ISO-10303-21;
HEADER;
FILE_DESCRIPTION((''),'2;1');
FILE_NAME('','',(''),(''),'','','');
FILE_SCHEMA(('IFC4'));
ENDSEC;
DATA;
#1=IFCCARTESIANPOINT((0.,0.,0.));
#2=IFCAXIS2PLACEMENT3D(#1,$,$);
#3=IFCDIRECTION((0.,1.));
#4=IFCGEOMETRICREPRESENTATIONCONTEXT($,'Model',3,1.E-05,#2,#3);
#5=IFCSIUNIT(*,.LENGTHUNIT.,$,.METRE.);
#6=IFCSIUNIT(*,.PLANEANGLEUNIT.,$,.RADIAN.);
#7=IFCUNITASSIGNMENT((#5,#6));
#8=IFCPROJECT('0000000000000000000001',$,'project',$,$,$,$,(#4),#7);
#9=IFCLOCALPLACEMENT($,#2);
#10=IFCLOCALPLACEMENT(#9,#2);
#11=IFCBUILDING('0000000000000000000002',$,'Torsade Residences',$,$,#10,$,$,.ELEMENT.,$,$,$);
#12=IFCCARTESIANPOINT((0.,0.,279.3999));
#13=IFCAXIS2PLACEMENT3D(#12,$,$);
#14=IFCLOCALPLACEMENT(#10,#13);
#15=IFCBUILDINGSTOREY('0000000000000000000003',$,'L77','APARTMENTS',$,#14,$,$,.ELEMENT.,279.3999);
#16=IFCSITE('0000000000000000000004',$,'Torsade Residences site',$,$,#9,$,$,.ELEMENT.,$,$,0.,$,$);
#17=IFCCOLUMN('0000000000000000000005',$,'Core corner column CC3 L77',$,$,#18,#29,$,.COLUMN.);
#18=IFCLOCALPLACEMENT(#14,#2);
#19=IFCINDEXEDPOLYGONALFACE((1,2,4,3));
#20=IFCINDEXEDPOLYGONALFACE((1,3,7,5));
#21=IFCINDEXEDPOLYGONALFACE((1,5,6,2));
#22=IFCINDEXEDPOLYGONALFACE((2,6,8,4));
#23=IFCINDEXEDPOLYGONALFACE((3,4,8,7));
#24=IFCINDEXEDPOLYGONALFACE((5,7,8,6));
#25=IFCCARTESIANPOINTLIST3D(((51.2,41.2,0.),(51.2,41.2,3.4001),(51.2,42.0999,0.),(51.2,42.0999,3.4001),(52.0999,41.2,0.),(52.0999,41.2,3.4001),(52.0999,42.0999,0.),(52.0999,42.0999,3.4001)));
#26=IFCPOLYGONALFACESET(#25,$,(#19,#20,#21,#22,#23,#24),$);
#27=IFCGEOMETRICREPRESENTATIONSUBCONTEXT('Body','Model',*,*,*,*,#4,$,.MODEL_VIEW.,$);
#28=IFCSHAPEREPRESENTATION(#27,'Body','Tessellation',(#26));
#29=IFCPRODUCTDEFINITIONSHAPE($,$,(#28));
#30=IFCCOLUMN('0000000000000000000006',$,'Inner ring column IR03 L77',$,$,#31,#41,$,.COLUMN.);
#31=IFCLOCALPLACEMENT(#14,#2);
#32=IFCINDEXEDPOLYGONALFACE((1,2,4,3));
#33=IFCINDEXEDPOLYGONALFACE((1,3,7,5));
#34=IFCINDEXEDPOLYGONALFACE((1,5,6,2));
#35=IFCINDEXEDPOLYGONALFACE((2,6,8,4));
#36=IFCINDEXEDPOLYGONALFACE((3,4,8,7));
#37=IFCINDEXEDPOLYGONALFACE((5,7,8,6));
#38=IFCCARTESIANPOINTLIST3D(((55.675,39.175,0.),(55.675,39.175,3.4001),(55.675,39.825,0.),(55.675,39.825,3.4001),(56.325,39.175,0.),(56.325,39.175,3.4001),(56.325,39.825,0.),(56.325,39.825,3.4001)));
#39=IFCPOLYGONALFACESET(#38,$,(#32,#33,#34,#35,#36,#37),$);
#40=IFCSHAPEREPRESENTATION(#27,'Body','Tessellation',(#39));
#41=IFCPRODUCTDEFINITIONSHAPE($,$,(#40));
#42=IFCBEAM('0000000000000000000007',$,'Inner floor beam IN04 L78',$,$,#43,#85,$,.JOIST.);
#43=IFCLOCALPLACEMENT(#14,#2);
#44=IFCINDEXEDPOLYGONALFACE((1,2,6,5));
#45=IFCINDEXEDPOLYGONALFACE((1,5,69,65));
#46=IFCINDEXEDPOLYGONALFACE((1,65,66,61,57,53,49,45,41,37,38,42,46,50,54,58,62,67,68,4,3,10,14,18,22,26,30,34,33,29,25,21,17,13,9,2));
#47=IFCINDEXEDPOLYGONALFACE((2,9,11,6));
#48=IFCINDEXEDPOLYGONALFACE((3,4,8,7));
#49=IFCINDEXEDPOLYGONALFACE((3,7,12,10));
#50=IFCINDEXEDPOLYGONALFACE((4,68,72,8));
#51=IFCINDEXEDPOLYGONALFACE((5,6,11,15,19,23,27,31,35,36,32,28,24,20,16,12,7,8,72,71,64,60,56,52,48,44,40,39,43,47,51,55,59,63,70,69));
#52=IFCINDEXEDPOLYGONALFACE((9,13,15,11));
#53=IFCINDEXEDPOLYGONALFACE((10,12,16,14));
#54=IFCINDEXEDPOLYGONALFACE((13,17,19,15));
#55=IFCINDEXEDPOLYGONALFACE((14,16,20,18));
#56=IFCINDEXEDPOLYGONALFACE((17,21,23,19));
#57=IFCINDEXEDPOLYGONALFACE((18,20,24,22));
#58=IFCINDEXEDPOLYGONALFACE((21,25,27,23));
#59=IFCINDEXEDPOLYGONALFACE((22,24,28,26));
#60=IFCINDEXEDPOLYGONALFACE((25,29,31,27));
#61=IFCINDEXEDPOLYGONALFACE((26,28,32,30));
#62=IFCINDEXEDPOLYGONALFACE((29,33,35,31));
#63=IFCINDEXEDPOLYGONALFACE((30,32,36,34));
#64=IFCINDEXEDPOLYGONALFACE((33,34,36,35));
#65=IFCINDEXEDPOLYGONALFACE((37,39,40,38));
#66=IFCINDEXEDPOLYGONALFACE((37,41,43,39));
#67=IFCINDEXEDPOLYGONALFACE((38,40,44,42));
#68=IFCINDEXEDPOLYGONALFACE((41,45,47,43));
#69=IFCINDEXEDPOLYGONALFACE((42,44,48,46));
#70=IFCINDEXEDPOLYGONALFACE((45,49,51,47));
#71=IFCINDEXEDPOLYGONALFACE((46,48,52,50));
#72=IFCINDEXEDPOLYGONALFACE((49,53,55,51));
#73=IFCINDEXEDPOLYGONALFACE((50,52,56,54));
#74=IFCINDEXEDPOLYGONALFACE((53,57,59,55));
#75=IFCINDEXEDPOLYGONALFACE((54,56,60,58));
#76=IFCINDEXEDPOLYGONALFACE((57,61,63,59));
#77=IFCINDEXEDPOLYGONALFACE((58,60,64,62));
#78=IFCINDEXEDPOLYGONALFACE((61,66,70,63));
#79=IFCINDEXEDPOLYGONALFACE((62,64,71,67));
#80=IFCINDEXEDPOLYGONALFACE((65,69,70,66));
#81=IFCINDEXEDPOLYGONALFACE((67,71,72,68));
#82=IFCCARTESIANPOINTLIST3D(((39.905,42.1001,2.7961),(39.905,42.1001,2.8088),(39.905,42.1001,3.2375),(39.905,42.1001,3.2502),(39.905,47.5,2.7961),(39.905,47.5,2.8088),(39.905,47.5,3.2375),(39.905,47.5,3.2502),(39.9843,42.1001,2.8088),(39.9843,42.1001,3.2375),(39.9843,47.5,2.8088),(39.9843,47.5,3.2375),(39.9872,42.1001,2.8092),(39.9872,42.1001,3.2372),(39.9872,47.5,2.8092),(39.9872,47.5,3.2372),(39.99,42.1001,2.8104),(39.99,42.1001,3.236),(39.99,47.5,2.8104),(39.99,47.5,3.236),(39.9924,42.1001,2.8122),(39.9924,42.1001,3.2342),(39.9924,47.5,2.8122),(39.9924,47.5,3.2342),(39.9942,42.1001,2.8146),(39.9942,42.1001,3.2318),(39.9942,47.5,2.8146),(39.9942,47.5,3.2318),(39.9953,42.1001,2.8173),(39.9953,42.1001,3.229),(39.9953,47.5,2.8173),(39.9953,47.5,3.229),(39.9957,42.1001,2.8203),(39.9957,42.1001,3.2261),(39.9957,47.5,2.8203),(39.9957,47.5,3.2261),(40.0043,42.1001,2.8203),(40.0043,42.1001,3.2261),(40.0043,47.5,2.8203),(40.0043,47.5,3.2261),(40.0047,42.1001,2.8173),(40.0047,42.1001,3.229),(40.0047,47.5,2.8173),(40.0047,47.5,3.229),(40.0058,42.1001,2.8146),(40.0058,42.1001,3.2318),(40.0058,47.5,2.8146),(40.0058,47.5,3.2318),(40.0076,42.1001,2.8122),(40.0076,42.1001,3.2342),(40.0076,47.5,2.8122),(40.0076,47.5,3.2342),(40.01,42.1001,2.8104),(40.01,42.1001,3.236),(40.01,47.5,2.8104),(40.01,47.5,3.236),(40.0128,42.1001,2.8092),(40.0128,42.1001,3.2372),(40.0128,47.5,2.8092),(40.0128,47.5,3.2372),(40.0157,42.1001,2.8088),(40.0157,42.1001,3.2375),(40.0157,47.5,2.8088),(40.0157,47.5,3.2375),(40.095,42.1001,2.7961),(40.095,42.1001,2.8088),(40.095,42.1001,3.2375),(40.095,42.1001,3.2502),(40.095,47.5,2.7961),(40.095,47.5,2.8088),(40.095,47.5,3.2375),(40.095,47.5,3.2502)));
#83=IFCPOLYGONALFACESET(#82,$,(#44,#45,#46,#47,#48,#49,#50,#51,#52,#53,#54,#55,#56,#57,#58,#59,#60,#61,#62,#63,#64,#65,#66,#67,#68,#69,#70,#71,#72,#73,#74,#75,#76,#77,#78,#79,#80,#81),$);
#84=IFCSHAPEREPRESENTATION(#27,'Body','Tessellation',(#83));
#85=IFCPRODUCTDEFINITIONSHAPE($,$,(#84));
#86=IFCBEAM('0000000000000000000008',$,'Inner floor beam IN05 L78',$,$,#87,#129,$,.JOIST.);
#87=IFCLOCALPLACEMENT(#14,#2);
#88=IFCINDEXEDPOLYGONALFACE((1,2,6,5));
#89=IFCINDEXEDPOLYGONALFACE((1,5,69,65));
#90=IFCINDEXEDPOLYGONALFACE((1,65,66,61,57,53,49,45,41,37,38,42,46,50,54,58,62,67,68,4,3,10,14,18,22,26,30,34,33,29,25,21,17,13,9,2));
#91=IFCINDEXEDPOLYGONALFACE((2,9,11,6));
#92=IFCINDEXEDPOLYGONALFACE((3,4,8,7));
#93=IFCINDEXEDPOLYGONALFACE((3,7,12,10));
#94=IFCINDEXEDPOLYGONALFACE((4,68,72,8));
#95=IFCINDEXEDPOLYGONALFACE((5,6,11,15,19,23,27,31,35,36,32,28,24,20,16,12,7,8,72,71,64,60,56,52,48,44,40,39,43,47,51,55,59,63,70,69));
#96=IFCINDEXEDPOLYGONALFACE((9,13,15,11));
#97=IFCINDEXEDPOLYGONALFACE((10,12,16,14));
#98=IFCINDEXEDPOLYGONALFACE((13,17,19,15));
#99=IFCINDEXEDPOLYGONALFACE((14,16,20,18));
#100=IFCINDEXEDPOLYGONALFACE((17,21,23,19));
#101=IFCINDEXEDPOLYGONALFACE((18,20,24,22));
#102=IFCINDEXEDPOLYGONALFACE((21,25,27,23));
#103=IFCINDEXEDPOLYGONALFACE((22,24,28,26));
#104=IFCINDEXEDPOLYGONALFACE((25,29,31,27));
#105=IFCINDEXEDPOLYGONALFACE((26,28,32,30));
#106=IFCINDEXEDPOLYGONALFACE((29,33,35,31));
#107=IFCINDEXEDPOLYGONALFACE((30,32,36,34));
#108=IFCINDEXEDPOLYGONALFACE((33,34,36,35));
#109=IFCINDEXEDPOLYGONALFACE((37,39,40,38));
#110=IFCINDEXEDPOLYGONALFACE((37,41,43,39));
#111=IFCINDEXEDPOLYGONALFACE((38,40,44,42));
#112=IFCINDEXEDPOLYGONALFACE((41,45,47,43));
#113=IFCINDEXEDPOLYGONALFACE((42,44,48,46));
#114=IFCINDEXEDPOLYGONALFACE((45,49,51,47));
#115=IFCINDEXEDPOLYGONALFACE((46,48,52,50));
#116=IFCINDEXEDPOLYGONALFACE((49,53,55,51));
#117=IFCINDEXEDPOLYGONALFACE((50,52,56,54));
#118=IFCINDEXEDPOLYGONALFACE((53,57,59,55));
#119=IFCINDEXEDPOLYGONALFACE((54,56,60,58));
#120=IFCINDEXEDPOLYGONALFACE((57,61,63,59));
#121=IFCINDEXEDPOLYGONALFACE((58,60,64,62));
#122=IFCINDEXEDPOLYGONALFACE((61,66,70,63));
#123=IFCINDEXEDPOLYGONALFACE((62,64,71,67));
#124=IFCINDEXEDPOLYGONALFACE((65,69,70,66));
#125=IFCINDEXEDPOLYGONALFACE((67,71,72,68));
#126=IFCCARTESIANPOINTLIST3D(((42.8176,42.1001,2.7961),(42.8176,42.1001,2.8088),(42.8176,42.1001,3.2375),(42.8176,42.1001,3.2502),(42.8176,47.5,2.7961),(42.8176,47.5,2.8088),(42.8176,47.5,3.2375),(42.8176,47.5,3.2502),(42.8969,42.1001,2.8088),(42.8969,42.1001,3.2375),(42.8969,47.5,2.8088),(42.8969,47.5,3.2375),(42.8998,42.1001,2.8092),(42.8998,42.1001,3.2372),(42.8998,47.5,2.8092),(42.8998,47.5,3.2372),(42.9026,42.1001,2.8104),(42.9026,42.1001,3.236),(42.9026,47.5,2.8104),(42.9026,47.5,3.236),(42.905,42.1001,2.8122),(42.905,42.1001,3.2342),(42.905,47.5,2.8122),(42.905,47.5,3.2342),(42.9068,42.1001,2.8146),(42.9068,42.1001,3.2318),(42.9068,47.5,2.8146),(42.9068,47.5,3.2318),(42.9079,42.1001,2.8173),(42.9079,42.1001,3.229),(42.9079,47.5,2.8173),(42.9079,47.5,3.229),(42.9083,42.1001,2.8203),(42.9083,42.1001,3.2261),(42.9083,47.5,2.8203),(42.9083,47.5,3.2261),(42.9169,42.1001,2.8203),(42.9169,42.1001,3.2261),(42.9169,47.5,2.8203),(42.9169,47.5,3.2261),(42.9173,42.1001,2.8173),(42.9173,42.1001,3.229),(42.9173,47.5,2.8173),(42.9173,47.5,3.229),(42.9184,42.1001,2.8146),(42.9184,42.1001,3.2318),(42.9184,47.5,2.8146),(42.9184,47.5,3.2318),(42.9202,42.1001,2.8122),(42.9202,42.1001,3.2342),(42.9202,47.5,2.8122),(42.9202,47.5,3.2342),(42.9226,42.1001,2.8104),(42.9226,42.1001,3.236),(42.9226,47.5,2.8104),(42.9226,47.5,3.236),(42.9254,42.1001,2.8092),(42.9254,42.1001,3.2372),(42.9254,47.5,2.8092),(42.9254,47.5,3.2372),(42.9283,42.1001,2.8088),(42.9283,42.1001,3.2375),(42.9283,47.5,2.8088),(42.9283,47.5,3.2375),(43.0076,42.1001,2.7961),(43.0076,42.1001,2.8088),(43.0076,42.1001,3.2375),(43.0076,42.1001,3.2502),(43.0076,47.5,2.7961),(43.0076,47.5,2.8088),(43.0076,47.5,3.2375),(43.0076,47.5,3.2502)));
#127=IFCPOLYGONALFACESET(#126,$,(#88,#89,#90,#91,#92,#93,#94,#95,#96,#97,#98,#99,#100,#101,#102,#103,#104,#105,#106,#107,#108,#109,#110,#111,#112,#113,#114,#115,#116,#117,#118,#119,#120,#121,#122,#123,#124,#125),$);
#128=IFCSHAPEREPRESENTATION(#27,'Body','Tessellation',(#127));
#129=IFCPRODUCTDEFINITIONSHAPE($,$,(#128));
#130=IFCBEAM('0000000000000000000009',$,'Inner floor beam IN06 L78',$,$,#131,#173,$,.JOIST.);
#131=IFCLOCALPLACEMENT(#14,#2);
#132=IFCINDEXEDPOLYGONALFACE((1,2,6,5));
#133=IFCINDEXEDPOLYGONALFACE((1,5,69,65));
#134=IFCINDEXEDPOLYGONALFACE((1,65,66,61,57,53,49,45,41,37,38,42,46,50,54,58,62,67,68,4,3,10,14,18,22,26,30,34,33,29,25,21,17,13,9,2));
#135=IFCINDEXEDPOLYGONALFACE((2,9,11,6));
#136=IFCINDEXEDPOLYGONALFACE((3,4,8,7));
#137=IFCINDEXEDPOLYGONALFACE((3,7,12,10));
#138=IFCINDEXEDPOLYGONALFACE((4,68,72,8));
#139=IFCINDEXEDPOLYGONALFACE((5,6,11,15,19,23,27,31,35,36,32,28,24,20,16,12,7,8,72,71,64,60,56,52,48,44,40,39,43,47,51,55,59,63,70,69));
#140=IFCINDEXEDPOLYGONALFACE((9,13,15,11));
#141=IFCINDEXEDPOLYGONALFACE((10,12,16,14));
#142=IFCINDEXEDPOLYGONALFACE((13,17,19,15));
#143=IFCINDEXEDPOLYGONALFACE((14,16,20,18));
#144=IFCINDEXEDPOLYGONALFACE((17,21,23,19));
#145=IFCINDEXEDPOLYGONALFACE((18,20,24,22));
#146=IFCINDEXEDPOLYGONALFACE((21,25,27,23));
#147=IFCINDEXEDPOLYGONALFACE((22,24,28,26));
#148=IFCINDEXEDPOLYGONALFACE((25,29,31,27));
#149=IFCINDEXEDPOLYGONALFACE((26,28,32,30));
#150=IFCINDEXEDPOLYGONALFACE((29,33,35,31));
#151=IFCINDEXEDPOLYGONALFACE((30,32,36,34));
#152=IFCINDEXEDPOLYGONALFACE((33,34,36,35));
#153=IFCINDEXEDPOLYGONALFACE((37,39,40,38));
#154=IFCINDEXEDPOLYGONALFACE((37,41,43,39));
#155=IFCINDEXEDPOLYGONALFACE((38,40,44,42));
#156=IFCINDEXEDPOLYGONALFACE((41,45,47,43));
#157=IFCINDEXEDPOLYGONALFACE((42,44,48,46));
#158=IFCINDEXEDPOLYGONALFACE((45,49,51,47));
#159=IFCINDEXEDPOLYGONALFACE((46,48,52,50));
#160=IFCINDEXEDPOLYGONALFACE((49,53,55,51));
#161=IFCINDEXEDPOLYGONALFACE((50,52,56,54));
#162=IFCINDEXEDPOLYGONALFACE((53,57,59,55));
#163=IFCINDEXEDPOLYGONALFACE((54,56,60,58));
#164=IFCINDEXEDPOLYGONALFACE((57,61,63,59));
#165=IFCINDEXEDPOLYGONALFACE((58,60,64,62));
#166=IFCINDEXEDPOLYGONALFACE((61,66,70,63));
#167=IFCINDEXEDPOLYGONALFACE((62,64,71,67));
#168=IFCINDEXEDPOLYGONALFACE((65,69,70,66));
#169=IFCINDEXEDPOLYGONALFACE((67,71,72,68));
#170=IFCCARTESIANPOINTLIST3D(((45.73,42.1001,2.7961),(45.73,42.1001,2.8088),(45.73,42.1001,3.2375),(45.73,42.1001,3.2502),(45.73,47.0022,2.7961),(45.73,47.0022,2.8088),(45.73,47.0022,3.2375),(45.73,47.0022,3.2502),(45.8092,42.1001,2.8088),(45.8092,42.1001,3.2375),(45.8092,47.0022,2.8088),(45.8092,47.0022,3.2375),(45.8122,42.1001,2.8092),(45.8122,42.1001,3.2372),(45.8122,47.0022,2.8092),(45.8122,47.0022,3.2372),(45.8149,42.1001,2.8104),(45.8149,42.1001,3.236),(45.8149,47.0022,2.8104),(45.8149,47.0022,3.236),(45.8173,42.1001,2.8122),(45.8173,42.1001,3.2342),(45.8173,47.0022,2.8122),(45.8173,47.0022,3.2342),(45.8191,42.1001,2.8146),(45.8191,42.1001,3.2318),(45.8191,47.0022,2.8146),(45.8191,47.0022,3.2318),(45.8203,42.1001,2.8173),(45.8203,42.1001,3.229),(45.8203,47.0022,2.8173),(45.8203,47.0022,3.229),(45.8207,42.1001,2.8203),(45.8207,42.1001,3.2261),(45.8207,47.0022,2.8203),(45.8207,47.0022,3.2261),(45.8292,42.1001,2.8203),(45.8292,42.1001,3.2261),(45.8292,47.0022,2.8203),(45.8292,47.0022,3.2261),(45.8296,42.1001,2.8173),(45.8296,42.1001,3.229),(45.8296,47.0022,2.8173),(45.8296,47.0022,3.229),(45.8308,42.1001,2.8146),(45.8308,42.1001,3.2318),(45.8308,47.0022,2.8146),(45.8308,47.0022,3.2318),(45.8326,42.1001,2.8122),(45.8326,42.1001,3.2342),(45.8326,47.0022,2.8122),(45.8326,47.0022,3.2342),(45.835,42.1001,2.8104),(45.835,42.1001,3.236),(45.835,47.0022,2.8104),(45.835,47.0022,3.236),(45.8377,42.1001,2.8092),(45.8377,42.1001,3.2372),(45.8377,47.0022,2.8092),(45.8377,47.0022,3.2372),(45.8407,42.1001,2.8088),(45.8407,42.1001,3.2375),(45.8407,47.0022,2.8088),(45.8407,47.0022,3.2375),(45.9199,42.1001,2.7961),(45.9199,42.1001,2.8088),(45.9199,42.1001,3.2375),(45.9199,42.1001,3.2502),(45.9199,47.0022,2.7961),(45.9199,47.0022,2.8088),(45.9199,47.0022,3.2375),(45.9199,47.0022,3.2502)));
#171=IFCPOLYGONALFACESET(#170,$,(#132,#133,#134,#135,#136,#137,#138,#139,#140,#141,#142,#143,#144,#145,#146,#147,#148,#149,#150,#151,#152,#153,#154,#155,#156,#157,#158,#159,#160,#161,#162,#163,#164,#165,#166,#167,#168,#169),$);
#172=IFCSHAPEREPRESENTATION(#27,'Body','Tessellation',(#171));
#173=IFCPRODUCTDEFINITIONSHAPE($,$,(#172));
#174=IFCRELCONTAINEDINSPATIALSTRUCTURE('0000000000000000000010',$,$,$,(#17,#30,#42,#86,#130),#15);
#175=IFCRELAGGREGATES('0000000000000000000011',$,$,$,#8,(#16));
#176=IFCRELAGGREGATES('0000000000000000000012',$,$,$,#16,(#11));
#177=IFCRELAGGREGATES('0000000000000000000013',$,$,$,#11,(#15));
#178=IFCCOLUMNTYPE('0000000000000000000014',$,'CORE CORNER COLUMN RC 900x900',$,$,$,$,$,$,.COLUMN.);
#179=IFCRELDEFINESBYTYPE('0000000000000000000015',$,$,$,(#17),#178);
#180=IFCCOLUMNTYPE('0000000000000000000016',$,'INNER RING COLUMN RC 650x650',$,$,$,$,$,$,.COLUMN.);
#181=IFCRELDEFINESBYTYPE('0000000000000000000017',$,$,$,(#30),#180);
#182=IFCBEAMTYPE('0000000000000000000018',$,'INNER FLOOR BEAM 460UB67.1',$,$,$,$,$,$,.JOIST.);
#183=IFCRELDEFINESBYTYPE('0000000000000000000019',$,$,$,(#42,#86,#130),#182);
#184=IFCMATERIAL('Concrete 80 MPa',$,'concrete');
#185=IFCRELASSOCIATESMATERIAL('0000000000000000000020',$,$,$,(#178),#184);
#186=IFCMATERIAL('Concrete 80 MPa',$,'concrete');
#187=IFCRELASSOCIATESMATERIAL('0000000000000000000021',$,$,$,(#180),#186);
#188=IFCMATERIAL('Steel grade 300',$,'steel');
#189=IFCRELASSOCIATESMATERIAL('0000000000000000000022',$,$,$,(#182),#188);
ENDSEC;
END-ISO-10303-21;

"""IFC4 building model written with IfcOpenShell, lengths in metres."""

from ifc_helpers import new_model, si_unit, direction, frame, origin, origin_2d, place, context, subcontext, project, spatial, rectangle, i_section, extrude, material, material_profile, profile_set, type_object, element, save


model = new_model("IFC4")

# Units and contexts
model_context = context("Model", 3, precision=1e-05, world=origin(), true_north=direction((0.0, 1.0)))
body_context = subcontext(model_context, "Body", "Model", "MODEL_VIEW")
ifc_project = project(units=[si_unit("LENGTHUNIT", "METRE"), si_unit("PLANEANGLEUNIT", "RADIAN")], contexts=[model_context])

# Site, building, storey
site_placement = place(None, origin())
site = spatial("IfcSite", under=ifc_project, at=site_placement, Name="Torsade Residences site", CompositionType="ELEMENT", RefElevation=0.0)
building_placement = place(site_placement, origin())
building = spatial("IfcBuilding", under=site, at=building_placement, Name="Torsade Residences", CompositionType="ELEMENT")
storey_placement = place(building_placement, frame((0.0, 0.0, 279.3999)))
storey = spatial("IfcBuildingStorey", under=building, at=storey_placement, Name="L77", Description="APARTMENTS", CompositionType="ELEMENT", Elevation=279.3999)

# Columns
ifc_material_1 = material(Name="Concrete 80 MPa", Category="concrete")
ifc_material_profile_1 = material_profile(ifc_material_1, rectangle(XDim=0.8999, YDim=0.8999, at=origin_2d()), Name="RC 900x900")
ifc_profile_set_1 = profile_set([ifc_material_profile_1], Name="Concrete 80 MPa")
column_type_1 = type_object("IfcColumnType", Name="CORE CORNER COLUMN RC 900x900", PredefinedType="COLUMN", material=ifc_profile_set_1)
column_1_placement = place(storey_placement, frame((51.6499, 41.6499, 0.0), z_axis=(0.0, 0.0, 1.0), x_axis=(1.0, 0.0, 0.0)))
element("IfcColumn", 1, at=column_1_placement, inside=storey, type_object=column_type_1, Name="Core corner column CC3 L77", PredefinedType="COLUMN", context=body_context, shape_type="SweptSolid", body=[
    extrude(rectangle(XDim=0.8999, YDim=0.8999, at=origin_2d()), origin(), (0.0, 0.0, 1.0), 3.4001),
])
ifc_material_2 = material(Name="Concrete 80 MPa", Category="concrete")
ifc_material_profile_2 = material_profile(ifc_material_2, rectangle(XDim=0.6499, YDim=0.6499, at=origin_2d()), Name="RC 650x650")
ifc_profile_set_2 = profile_set([ifc_material_profile_2], Name="Concrete 80 MPa")
column_type_2 = type_object("IfcColumnType", Name="INNER RING COLUMN RC 650x650", PredefinedType="COLUMN", material=ifc_profile_set_2)
column_2_placement = place(storey_placement, frame((56.0, 39.5, 0.0), z_axis=(0.0, 0.0, 1.0), x_axis=(1.0, 0.0, 0.0)))
element("IfcColumn", 2, at=column_2_placement, inside=storey, type_object=column_type_2, Name="Inner ring column IR03 L77", PredefinedType="COLUMN", context=body_context, shape_type="SweptSolid", body=[
    extrude(rectangle(XDim=0.6499, YDim=0.6499, at=origin_2d()), origin(), (0.0, 0.0, 1.0), 3.4001),
])

# Beams
ifc_material_3 = material(Name="Steel grade 300", Category="steel")
ifc_material_profile_3 = material_profile(ifc_material_3, i_section(OverallWidth=0.1899, OverallDepth=0.4541, WebThickness=0.0085, FlangeThickness=0.0127, FilletRadius=0.0115, at=origin_2d()), Name="460UB67.1")
ifc_profile_set_3 = profile_set([ifc_material_profile_3], Name="Steel grade 300")
beam_type_1 = type_object("IfcBeamType", Name="INNER FLOOR BEAM 460UB67.1", PredefinedType="JOIST", material=ifc_profile_set_3)
for number, where, z_axis, x_axis, name in (
    (3, (40.0, 42.1001, 3.0232), (0.0, 1.0, 0.0), (-1.0, 0.0, 0.0), "Inner floor beam IN04 L78"),
    (4, (42.9126, 42.1001, 3.0232), (0.0, 1.0, 0.0), (-1.0, 0.0, 0.0), "Inner floor beam IN05 L78"),
):
    element("IfcBeam", number, at=place(storey_placement, frame(where, z_axis=z_axis, x_axis=x_axis)), inside=storey, type_object=beam_type_1, Name=name, PredefinedType="JOIST", context=body_context, shape_type="SweptSolid", body=[
        extrude(i_section(OverallWidth=0.1899, OverallDepth=0.4541, WebThickness=0.0085, FlangeThickness=0.0127, FilletRadius=0.0115, at=origin_2d()), origin(), (0.0, 0.0, 1.0), 5.3999),
    ])
beam_1_placement = place(storey_placement, frame((45.825, 42.1001, 3.0232), z_axis=(0.0, 1.0, 0.0), x_axis=(-1.0, 0.0, 0.0)))
element("IfcBeam", 5, at=beam_1_placement, inside=storey, type_object=beam_type_1, Name="Inner floor beam IN06 L78", PredefinedType="JOIST", context=body_context, shape_type="SweptSolid", body=[
    extrude(i_section(OverallWidth=0.1899, OverallDepth=0.4541, WebThickness=0.0085, FlangeThickness=0.0127, FilletRadius=0.0115, at=origin_2d()), origin(), (0.0, 0.0, 1.0), 4.9021),
])

save(model, "model.ifc")
